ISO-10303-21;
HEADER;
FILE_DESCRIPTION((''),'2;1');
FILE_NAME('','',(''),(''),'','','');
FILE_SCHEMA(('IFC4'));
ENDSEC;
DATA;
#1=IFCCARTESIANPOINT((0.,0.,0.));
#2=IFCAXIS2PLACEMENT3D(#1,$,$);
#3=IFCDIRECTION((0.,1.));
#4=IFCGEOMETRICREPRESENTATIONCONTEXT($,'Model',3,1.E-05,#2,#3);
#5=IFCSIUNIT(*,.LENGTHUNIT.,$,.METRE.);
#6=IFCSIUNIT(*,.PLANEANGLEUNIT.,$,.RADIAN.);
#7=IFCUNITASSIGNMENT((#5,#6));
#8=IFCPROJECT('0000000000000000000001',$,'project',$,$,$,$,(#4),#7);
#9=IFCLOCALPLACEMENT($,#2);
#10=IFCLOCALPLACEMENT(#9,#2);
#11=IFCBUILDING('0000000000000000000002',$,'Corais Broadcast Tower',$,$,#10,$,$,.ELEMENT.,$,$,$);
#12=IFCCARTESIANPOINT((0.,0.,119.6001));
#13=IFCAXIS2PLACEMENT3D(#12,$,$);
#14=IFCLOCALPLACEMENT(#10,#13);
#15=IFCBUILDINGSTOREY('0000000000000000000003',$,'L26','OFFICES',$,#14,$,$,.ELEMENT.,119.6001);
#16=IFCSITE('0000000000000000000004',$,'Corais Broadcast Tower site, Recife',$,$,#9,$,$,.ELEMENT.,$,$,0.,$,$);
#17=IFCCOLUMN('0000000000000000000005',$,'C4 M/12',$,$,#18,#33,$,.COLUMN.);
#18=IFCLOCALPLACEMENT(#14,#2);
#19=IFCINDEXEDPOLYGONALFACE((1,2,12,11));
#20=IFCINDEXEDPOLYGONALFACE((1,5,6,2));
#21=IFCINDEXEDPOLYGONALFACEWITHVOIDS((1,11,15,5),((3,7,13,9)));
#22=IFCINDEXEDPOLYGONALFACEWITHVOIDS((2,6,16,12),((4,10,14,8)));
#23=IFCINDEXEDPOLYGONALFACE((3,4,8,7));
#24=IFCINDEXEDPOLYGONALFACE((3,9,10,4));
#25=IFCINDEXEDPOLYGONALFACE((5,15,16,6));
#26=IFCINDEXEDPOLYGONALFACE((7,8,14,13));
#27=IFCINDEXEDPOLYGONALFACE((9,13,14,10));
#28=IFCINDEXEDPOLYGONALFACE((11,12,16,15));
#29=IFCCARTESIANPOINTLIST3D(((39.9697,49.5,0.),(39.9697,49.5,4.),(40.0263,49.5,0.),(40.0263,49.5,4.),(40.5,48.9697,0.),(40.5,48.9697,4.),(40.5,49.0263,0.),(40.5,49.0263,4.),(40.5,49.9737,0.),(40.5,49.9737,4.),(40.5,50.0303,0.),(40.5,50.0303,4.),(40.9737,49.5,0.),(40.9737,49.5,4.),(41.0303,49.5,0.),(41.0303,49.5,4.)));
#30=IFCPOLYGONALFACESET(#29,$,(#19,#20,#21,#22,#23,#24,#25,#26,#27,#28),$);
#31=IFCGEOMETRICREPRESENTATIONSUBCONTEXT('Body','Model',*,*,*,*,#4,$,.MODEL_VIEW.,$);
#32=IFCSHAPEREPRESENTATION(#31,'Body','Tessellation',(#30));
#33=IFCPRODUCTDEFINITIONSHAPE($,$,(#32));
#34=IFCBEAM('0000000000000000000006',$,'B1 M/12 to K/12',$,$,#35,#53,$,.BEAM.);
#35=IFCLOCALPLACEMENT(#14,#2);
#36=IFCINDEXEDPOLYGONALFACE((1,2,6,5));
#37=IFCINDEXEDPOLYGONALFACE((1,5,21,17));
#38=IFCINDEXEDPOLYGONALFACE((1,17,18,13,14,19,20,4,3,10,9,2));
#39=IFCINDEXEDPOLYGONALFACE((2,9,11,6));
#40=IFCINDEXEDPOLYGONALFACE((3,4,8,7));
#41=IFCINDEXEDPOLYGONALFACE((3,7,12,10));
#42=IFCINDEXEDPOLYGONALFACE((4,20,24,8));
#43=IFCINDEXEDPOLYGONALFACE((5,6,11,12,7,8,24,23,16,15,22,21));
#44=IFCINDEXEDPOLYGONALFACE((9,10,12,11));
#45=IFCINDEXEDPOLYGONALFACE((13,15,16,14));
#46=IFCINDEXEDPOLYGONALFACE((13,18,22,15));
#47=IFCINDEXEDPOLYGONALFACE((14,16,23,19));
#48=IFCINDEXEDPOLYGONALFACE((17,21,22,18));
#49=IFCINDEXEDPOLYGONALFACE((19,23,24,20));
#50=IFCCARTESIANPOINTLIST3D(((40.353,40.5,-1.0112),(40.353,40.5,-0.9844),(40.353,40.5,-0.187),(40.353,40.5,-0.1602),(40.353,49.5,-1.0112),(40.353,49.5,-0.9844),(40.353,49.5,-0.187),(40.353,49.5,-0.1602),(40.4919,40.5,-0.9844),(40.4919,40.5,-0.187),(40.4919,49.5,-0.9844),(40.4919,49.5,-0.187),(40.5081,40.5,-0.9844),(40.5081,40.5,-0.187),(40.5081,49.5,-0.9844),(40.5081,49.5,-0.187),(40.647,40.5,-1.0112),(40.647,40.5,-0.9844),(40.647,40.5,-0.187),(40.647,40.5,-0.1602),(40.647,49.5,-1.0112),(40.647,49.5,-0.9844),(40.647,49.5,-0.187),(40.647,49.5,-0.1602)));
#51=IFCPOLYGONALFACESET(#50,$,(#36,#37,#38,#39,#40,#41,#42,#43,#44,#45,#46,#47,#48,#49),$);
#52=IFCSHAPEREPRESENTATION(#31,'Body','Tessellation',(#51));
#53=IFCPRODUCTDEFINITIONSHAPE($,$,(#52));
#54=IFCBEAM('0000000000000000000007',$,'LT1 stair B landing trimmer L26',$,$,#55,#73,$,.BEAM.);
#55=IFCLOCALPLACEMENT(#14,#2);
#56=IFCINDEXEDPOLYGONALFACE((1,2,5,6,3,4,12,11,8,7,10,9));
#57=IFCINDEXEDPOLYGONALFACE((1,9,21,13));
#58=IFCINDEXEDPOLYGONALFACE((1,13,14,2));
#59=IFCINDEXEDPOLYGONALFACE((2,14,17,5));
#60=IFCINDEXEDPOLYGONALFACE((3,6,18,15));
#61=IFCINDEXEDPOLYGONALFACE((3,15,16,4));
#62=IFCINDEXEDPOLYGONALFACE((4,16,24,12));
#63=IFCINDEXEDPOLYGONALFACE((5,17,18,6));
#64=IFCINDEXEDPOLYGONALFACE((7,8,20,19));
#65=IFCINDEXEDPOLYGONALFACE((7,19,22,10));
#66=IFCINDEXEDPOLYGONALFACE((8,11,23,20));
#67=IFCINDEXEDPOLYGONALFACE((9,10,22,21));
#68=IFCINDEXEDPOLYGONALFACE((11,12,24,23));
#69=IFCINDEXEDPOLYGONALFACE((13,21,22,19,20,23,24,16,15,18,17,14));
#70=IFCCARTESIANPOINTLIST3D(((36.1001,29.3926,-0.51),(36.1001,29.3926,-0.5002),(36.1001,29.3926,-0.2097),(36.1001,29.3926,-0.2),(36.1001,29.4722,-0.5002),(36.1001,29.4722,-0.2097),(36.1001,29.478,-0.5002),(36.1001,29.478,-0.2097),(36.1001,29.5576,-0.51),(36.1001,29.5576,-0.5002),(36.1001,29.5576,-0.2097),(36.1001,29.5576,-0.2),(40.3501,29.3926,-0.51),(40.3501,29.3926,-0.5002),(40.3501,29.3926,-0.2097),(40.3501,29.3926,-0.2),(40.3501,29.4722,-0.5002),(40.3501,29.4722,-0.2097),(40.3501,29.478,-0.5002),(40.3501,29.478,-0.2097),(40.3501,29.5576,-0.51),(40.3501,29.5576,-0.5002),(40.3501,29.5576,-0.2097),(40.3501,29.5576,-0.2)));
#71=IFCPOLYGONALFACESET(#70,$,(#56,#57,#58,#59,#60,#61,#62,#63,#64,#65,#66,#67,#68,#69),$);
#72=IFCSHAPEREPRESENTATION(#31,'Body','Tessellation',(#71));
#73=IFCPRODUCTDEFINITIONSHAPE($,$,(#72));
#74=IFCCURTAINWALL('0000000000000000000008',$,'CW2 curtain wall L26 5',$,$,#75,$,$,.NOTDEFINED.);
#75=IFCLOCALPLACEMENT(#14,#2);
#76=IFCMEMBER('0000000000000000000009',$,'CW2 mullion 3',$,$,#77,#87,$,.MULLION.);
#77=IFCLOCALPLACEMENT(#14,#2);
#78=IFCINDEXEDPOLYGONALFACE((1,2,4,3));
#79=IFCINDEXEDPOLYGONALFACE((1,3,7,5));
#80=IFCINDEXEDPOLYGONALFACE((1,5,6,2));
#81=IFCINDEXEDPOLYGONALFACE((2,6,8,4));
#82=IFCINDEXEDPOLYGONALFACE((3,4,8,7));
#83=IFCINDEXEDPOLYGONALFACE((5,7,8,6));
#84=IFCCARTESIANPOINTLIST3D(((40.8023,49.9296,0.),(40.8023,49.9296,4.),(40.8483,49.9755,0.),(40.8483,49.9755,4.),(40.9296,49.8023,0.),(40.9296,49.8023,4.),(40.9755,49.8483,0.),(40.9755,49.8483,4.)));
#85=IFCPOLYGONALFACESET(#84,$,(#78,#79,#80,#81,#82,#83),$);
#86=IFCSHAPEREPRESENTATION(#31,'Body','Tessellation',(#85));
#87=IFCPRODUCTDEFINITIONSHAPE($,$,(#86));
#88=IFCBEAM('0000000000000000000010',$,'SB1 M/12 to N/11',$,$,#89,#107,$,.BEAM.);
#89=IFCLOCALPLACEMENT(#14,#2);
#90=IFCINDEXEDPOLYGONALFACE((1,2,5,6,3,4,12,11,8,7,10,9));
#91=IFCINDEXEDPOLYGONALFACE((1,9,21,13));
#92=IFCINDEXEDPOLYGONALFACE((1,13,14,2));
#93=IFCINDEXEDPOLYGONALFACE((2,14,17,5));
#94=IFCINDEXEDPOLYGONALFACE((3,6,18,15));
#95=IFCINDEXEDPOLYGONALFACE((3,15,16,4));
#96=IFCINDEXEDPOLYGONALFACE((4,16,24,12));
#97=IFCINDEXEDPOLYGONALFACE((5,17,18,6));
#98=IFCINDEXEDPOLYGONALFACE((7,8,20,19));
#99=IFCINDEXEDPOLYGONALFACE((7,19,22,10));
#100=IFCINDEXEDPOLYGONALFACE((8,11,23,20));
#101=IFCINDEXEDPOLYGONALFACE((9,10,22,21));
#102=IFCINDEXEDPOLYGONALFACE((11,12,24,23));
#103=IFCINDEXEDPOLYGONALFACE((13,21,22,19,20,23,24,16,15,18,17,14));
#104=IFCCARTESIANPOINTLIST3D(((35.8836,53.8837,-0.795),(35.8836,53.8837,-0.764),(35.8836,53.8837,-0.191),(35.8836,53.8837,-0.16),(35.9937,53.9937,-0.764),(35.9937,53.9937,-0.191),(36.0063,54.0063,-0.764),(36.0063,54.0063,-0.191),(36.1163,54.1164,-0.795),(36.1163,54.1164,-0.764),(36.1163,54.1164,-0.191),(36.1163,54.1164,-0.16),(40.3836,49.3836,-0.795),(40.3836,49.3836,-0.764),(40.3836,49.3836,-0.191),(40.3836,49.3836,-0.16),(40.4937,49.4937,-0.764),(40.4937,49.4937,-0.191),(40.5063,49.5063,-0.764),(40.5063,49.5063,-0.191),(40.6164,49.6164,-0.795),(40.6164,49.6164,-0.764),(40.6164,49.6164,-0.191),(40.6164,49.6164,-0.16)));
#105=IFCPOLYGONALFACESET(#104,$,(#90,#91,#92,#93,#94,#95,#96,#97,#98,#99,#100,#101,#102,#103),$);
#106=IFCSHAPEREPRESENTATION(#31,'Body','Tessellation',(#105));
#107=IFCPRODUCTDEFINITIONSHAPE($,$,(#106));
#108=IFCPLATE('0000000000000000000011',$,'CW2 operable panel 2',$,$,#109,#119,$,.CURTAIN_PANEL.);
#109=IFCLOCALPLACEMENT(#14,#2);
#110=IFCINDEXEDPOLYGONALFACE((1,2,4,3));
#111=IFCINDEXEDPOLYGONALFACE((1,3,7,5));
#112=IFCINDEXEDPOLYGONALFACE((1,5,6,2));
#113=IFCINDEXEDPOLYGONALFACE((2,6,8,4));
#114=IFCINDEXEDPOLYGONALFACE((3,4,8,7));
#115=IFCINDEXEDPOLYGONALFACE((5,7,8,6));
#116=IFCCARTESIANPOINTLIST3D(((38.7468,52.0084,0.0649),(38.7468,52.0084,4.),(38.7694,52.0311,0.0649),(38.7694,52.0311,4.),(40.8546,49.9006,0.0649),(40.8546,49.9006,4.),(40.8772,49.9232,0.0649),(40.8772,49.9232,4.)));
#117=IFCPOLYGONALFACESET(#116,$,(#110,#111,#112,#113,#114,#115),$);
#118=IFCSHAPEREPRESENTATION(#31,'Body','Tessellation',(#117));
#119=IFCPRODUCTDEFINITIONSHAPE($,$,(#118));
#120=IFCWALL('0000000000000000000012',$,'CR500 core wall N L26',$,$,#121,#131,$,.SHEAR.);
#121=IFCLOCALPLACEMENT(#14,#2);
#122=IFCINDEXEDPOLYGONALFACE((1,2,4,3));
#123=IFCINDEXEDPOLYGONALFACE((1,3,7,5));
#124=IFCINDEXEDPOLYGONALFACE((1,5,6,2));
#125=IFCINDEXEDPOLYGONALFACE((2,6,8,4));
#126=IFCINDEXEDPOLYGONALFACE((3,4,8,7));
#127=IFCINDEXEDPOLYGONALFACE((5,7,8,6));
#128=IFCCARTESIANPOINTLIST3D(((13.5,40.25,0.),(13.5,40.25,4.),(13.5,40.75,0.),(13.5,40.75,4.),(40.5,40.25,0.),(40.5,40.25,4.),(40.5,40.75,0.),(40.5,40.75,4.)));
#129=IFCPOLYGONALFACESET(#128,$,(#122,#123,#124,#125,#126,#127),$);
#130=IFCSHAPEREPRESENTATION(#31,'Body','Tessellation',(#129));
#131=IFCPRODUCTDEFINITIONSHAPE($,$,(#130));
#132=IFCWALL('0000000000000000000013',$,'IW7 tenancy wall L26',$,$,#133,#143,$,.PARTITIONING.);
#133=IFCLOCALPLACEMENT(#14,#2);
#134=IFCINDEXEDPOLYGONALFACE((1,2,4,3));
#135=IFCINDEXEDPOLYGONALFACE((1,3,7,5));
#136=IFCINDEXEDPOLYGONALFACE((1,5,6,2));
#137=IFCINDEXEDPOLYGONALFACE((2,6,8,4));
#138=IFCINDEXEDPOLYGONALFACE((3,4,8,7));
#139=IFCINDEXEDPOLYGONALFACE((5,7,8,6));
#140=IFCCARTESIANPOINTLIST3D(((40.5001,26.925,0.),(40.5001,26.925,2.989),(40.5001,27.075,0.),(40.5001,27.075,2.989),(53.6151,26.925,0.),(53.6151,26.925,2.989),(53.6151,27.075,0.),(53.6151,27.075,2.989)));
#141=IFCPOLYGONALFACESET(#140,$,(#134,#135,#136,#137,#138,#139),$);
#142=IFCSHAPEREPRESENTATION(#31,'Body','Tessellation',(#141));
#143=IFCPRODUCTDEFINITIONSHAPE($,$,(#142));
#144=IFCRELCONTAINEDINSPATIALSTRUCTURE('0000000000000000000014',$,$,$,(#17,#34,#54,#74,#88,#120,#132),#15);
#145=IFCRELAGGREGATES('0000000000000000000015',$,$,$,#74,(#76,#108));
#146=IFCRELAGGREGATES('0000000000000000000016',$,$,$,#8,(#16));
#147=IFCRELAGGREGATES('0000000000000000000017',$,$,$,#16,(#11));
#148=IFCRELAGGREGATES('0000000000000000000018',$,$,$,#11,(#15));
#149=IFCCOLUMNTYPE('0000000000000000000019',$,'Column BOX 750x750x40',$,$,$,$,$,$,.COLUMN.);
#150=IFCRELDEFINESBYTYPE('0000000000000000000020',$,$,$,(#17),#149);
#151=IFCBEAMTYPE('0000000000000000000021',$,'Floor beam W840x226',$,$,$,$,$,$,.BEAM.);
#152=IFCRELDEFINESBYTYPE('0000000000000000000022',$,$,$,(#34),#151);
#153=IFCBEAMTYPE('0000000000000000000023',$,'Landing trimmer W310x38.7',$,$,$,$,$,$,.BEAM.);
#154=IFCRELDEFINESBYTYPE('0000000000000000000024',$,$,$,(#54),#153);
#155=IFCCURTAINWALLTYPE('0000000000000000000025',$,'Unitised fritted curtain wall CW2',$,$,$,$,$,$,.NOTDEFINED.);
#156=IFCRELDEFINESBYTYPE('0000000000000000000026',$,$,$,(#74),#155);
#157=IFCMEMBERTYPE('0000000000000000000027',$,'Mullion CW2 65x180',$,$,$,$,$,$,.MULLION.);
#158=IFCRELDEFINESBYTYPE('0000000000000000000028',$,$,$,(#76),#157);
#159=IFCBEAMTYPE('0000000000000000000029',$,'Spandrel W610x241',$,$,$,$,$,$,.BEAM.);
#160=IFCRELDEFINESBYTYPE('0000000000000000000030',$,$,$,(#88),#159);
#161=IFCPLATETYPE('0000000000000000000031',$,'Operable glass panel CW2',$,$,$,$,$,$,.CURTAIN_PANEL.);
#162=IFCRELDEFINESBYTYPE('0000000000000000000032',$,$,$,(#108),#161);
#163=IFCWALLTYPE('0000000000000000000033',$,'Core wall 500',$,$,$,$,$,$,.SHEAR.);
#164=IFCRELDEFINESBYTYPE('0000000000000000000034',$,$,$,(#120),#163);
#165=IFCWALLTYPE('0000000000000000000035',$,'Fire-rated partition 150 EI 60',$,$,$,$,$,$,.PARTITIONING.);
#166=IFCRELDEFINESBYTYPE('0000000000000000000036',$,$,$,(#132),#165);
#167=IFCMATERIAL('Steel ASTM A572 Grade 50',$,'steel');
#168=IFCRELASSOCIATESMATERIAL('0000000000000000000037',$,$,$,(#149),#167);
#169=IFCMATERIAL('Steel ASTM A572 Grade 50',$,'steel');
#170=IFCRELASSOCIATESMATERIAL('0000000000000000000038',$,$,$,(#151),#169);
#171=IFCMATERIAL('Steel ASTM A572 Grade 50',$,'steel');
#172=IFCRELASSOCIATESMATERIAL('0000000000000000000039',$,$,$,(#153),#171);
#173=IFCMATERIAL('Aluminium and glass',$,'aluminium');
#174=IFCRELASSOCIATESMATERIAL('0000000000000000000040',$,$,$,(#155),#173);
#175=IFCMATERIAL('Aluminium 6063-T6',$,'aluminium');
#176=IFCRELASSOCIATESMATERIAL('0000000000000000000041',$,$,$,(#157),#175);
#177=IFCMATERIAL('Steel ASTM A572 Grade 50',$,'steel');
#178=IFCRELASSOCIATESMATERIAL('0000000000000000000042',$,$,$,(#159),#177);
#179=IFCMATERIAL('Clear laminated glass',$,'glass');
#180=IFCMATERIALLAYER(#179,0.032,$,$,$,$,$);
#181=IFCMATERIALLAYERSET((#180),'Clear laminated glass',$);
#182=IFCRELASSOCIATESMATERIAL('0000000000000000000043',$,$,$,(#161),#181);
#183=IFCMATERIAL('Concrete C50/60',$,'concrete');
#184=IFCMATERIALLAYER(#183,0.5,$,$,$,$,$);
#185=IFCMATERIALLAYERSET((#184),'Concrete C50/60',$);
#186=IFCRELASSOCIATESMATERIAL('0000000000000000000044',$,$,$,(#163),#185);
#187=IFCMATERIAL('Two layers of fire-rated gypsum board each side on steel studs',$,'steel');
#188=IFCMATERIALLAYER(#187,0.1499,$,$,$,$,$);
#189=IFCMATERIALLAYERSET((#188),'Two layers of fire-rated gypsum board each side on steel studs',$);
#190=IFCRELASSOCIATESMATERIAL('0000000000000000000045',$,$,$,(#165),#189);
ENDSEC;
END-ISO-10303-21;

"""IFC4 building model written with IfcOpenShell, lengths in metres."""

from ifc_helpers import new_model, si_unit, direction, frame, frame_2d, origin, origin_2d, place, context, subcontext, project, spatial, rectangle, hollow_rectangle, i_section, extrude, material, layer, layer_set, material_profile, profile_set, type_object, element, aggregate, save


model = new_model("IFC4")

# Units and contexts
model_context = context("Model", 3, precision=1e-05, world=origin(), true_north=direction((0.0, 1.0)))
body_context = subcontext(model_context, "Body", "Model", "MODEL_VIEW")
ifc_project = project(units=[si_unit("LENGTHUNIT", "METRE"), si_unit("PLANEANGLEUNIT", "RADIAN")], contexts=[model_context])

# Site, building, storey
site_placement = place(None, origin())
site = spatial("IfcSite", under=ifc_project, at=site_placement, Name="Corais Broadcast Tower site, Recife", CompositionType="ELEMENT", RefElevation=0.0)
building_placement = place(site_placement, origin())
building = spatial("IfcBuilding", under=site, at=building_placement, Name="Corais Broadcast Tower", CompositionType="ELEMENT")
storey_placement = place(building_placement, frame((0.0, 0.0, 119.6001)))
storey = spatial("IfcBuildingStorey", under=building, at=storey_placement, Name="L26", Description="OFFICES", CompositionType="ELEMENT", Elevation=119.6001)

# Column
ifc_material_1 = material(Name="Steel ASTM A572 Grade 50", Category="steel")
ifc_material_profile_1 = material_profile(ifc_material_1, hollow_rectangle(XDim=0.75, YDim=0.75, WallThickness=0.04, at=origin_2d()), Name="BOX 750x750x40")
ifc_profile_set_1 = profile_set([ifc_material_profile_1], Name="Steel ASTM A572 Grade 50")
column_type = type_object("IfcColumnType", Name="Column BOX 750x750x40", PredefinedType="COLUMN", material=ifc_profile_set_1)
column_placement = place(storey_placement, frame((40.5, 49.5, 0.0), z_axis=(0.0, 0.0, 1.0), x_axis=(0.707107, 0.707107, 0.0)))
element("IfcColumn", 1, at=column_placement, inside=storey, type_object=column_type, Name="C4 M/12", PredefinedType="COLUMN", context=body_context, shape_type="SweptSolid", body=[
    extrude(hollow_rectangle(XDim=0.75, YDim=0.75, WallThickness=0.04, at=origin_2d()), origin(), (0.0, 0.0, 1.0), 4.0),
])

# Beams
ifc_material_2 = material(Name="Steel ASTM A572 Grade 50", Category="steel")
ifc_material_profile_2 = material_profile(ifc_material_2, i_section(OverallWidth=0.2939, OverallDepth=0.8511, WebThickness=0.0161, FlangeThickness=0.0269, at=origin_2d()), Name="W840x226")
ifc_profile_set_2 = profile_set([ifc_material_profile_2], Name="Steel ASTM A572 Grade 50")
beam_type_1 = type_object("IfcBeamType", Name="Floor beam W840x226", PredefinedType="BEAM", material=ifc_profile_set_2)
beam_1_placement = place(storey_placement, frame((40.5, 49.5, -0.5857), z_axis=(0.0, -1.0, 0.0), x_axis=(1.0, 0.0, 0.0)))
element("IfcBeam", 2, at=beam_1_placement, inside=storey, type_object=beam_type_1, Name="B1 M/12 to K/12", PredefinedType="BEAM", context=body_context, shape_type="SweptSolid", body=[
    extrude(i_section(OverallWidth=0.2939, OverallDepth=0.8511, WebThickness=0.0161, FlangeThickness=0.0269, at=origin_2d()), origin(), (0.0, 0.0, 1.0), 9.0),
])
ifc_material_3 = material(Name="Steel ASTM A572 Grade 50", Category="steel")
ifc_material_profile_3 = material_profile(ifc_material_3, i_section(OverallWidth=0.165, OverallDepth=0.3101, WebThickness=0.0059, FlangeThickness=0.0098, at=origin_2d()), Name="W310x38.7")
ifc_profile_set_3 = profile_set([ifc_material_profile_3], Name="Steel ASTM A572 Grade 50")
beam_type_2 = type_object("IfcBeamType", Name="Landing trimmer W310x38.7", PredefinedType="BEAM", material=ifc_profile_set_3)
beam_2_placement = place(storey_placement, frame((36.1001, 29.4751, -0.355), z_axis=(1.0, 0.0, 0.0), x_axis=(0.0, 1.0, 0.0)))
element("IfcBeam", 3, at=beam_2_placement, inside=storey, type_object=beam_type_2, Name="LT1 stair B landing trimmer L26", PredefinedType="BEAM", context=body_context, shape_type="SweptSolid", body=[
    extrude(i_section(OverallWidth=0.165, OverallDepth=0.3101, WebThickness=0.0059, FlangeThickness=0.0098, at=origin_2d()), origin(), (0.0, 0.0, 1.0), 4.25),
])

# Curtain wall, member
ifc_material_4 = material(Name="Aluminium and glass", Category="aluminium")
curtain_wall_type = type_object("IfcCurtainWallType", Name="Unitised fritted curtain wall CW2", PredefinedType="NOTDEFINED", material=ifc_material_4)
curtain_wall_placement = place(storey_placement, origin())
curtain_wall = element("IfcCurtainWall", 4, at=curtain_wall_placement, inside=storey, type_object=curtain_wall_type, Name="CW2 curtain wall L26 5", PredefinedType="NOTDEFINED")
ifc_material_5 = material(Name="Aluminium 6063-T6", Category="aluminium")
ifc_material_profile_4 = material_profile(ifc_material_5, rectangle(XDim=0.0649, YDim=0.1799, at=origin_2d()), Name="Mullion CW2 65x180")
ifc_profile_set_4 = profile_set([ifc_material_profile_4], Name="Aluminium 6063-T6")
member_type = type_object("IfcMemberType", Name="Mullion CW2 65x180", PredefinedType="MULLION", material=ifc_profile_set_4)
member_placement = place(storey_placement, frame((40.8889, 49.8889, 0.0), z_axis=(0.0, 0.0, 1.0), x_axis=(0.707107, 0.707107, 0.0)))
member = element("IfcMember", 5, at=member_placement, type_object=member_type, Name="CW2 mullion 3", PredefinedType="MULLION", context=body_context, shape_type="SweptSolid", body=[
    extrude(rectangle(XDim=0.0649, YDim=0.1799, at=origin_2d()), origin(), (0.0, 0.0, 1.0), 4.0),
])

# Beam
ifc_material_6 = material(Name="Steel ASTM A572 Grade 50", Category="steel")
ifc_material_profile_5 = material_profile(ifc_material_6, i_section(OverallWidth=0.3291, OverallDepth=0.635, WebThickness=0.0178, FlangeThickness=0.031, at=origin_2d()), Name="W610x241")
ifc_profile_set_5 = profile_set([ifc_material_profile_5], Name="Steel ASTM A572 Grade 50")
beam_type_3 = type_object("IfcBeamType", Name="Spandrel W610x241", PredefinedType="BEAM", material=ifc_profile_set_5)
beam_3_placement = place(storey_placement, frame((40.5, 49.5, -0.4775), z_axis=(-0.707107, 0.707107, 0.0), x_axis=(-0.707107, -0.707107, 0.0)))
element("IfcBeam", 6, at=beam_3_placement, inside=storey, type_object=beam_type_3, Name="SB1 M/12 to N/11", PredefinedType="BEAM", context=body_context, shape_type="SweptSolid", body=[
    extrude(i_section(OverallWidth=0.3291, OverallDepth=0.635, WebThickness=0.0178, FlangeThickness=0.031, at=origin_2d()), origin(), (0.0, 0.0, 1.0), 6.364),
])

# Plate
ifc_material_7 = material(Name="Clear laminated glass", Category="glass")
ifc_layer_1 = layer(ifc_material_7, 0.032)
ifc_layer_set_1 = layer_set([ifc_layer_1], Name="Clear laminated glass")
plate_type = type_object("IfcPlateType", Name="Operable glass panel CW2", PredefinedType="CURTAIN_PANEL", material=ifc_layer_set_1)
plate_placement = place(storey_placement, frame((39.812, 50.9658, 0.0649), z_axis=(0.0, 0.0, 1.0), x_axis=(0.707107, -0.707107, 0.0)))
plate = element("IfcPlate", 7, at=plate_placement, type_object=plate_type, Name="CW2 operable panel 2", PredefinedType="CURTAIN_PANEL", context=body_context, shape_type="SweptSolid", body=[
    extrude(rectangle(XDim=2.981, YDim=0.032, at=origin_2d()), origin(), (0.0, 0.0, 1.0), 3.9351),
])
aggregate(curtain_wall, [member, plate])

# Walls
ifc_material_8 = material(Name="Concrete C50/60", Category="concrete")
ifc_layer_2 = layer(ifc_material_8, 0.5)
ifc_layer_set_2 = layer_set([ifc_layer_2], Name="Concrete C50/60")
wall_type_1 = type_object("IfcWallType", Name="Core wall 500", PredefinedType="SHEAR", material=ifc_layer_set_2)
wall_1_placement = place(storey_placement, frame((40.5, 40.5, 0.0), z_axis=(0.0, 0.0, 1.0), x_axis=(-1.0, 0.0, 0.0)))
element("IfcWall", 8, at=wall_1_placement, inside=storey, type_object=wall_type_1, Name="CR500 core wall N L26", PredefinedType="SHEAR", context=body_context, shape_type="SweptSolid", body=[
    extrude(rectangle(XDim=27.0, YDim=0.5, at=frame_2d((13.5, 0.0))), origin(), (0.0, 0.0, 1.0), 4.0),
])
ifc_material_9 = material(Name="Two layers of fire-rated gypsum board each side on steel studs", Category="steel")
ifc_layer_3 = layer(ifc_material_9, 0.1499)
ifc_layer_set_3 = layer_set([ifc_layer_3], Name="Two layers of fire-rated gypsum board each side on steel studs")
wall_type_2 = type_object("IfcWallType", Name="Fire-rated partition 150 EI 60", PredefinedType="PARTITIONING", material=ifc_layer_set_3)
wall_2_placement = place(storey_placement, frame((40.5, 27.0, 0.0), z_axis=(0.0, 0.0, 1.0), x_axis=(1.0, 0.0, 0.0)))
element("IfcWall", 9, at=wall_2_placement, inside=storey, type_object=wall_type_2, Name="IW7 tenancy wall L26", PredefinedType="PARTITIONING", context=body_context, shape_type="SweptSolid", body=[
    extrude(rectangle(XDim=13.115, YDim=0.1499, at=frame_2d((6.5576, 0.0))), origin(), (0.0, 0.0, 1.0), 2.989),
])

save(model, "model.ifc")
